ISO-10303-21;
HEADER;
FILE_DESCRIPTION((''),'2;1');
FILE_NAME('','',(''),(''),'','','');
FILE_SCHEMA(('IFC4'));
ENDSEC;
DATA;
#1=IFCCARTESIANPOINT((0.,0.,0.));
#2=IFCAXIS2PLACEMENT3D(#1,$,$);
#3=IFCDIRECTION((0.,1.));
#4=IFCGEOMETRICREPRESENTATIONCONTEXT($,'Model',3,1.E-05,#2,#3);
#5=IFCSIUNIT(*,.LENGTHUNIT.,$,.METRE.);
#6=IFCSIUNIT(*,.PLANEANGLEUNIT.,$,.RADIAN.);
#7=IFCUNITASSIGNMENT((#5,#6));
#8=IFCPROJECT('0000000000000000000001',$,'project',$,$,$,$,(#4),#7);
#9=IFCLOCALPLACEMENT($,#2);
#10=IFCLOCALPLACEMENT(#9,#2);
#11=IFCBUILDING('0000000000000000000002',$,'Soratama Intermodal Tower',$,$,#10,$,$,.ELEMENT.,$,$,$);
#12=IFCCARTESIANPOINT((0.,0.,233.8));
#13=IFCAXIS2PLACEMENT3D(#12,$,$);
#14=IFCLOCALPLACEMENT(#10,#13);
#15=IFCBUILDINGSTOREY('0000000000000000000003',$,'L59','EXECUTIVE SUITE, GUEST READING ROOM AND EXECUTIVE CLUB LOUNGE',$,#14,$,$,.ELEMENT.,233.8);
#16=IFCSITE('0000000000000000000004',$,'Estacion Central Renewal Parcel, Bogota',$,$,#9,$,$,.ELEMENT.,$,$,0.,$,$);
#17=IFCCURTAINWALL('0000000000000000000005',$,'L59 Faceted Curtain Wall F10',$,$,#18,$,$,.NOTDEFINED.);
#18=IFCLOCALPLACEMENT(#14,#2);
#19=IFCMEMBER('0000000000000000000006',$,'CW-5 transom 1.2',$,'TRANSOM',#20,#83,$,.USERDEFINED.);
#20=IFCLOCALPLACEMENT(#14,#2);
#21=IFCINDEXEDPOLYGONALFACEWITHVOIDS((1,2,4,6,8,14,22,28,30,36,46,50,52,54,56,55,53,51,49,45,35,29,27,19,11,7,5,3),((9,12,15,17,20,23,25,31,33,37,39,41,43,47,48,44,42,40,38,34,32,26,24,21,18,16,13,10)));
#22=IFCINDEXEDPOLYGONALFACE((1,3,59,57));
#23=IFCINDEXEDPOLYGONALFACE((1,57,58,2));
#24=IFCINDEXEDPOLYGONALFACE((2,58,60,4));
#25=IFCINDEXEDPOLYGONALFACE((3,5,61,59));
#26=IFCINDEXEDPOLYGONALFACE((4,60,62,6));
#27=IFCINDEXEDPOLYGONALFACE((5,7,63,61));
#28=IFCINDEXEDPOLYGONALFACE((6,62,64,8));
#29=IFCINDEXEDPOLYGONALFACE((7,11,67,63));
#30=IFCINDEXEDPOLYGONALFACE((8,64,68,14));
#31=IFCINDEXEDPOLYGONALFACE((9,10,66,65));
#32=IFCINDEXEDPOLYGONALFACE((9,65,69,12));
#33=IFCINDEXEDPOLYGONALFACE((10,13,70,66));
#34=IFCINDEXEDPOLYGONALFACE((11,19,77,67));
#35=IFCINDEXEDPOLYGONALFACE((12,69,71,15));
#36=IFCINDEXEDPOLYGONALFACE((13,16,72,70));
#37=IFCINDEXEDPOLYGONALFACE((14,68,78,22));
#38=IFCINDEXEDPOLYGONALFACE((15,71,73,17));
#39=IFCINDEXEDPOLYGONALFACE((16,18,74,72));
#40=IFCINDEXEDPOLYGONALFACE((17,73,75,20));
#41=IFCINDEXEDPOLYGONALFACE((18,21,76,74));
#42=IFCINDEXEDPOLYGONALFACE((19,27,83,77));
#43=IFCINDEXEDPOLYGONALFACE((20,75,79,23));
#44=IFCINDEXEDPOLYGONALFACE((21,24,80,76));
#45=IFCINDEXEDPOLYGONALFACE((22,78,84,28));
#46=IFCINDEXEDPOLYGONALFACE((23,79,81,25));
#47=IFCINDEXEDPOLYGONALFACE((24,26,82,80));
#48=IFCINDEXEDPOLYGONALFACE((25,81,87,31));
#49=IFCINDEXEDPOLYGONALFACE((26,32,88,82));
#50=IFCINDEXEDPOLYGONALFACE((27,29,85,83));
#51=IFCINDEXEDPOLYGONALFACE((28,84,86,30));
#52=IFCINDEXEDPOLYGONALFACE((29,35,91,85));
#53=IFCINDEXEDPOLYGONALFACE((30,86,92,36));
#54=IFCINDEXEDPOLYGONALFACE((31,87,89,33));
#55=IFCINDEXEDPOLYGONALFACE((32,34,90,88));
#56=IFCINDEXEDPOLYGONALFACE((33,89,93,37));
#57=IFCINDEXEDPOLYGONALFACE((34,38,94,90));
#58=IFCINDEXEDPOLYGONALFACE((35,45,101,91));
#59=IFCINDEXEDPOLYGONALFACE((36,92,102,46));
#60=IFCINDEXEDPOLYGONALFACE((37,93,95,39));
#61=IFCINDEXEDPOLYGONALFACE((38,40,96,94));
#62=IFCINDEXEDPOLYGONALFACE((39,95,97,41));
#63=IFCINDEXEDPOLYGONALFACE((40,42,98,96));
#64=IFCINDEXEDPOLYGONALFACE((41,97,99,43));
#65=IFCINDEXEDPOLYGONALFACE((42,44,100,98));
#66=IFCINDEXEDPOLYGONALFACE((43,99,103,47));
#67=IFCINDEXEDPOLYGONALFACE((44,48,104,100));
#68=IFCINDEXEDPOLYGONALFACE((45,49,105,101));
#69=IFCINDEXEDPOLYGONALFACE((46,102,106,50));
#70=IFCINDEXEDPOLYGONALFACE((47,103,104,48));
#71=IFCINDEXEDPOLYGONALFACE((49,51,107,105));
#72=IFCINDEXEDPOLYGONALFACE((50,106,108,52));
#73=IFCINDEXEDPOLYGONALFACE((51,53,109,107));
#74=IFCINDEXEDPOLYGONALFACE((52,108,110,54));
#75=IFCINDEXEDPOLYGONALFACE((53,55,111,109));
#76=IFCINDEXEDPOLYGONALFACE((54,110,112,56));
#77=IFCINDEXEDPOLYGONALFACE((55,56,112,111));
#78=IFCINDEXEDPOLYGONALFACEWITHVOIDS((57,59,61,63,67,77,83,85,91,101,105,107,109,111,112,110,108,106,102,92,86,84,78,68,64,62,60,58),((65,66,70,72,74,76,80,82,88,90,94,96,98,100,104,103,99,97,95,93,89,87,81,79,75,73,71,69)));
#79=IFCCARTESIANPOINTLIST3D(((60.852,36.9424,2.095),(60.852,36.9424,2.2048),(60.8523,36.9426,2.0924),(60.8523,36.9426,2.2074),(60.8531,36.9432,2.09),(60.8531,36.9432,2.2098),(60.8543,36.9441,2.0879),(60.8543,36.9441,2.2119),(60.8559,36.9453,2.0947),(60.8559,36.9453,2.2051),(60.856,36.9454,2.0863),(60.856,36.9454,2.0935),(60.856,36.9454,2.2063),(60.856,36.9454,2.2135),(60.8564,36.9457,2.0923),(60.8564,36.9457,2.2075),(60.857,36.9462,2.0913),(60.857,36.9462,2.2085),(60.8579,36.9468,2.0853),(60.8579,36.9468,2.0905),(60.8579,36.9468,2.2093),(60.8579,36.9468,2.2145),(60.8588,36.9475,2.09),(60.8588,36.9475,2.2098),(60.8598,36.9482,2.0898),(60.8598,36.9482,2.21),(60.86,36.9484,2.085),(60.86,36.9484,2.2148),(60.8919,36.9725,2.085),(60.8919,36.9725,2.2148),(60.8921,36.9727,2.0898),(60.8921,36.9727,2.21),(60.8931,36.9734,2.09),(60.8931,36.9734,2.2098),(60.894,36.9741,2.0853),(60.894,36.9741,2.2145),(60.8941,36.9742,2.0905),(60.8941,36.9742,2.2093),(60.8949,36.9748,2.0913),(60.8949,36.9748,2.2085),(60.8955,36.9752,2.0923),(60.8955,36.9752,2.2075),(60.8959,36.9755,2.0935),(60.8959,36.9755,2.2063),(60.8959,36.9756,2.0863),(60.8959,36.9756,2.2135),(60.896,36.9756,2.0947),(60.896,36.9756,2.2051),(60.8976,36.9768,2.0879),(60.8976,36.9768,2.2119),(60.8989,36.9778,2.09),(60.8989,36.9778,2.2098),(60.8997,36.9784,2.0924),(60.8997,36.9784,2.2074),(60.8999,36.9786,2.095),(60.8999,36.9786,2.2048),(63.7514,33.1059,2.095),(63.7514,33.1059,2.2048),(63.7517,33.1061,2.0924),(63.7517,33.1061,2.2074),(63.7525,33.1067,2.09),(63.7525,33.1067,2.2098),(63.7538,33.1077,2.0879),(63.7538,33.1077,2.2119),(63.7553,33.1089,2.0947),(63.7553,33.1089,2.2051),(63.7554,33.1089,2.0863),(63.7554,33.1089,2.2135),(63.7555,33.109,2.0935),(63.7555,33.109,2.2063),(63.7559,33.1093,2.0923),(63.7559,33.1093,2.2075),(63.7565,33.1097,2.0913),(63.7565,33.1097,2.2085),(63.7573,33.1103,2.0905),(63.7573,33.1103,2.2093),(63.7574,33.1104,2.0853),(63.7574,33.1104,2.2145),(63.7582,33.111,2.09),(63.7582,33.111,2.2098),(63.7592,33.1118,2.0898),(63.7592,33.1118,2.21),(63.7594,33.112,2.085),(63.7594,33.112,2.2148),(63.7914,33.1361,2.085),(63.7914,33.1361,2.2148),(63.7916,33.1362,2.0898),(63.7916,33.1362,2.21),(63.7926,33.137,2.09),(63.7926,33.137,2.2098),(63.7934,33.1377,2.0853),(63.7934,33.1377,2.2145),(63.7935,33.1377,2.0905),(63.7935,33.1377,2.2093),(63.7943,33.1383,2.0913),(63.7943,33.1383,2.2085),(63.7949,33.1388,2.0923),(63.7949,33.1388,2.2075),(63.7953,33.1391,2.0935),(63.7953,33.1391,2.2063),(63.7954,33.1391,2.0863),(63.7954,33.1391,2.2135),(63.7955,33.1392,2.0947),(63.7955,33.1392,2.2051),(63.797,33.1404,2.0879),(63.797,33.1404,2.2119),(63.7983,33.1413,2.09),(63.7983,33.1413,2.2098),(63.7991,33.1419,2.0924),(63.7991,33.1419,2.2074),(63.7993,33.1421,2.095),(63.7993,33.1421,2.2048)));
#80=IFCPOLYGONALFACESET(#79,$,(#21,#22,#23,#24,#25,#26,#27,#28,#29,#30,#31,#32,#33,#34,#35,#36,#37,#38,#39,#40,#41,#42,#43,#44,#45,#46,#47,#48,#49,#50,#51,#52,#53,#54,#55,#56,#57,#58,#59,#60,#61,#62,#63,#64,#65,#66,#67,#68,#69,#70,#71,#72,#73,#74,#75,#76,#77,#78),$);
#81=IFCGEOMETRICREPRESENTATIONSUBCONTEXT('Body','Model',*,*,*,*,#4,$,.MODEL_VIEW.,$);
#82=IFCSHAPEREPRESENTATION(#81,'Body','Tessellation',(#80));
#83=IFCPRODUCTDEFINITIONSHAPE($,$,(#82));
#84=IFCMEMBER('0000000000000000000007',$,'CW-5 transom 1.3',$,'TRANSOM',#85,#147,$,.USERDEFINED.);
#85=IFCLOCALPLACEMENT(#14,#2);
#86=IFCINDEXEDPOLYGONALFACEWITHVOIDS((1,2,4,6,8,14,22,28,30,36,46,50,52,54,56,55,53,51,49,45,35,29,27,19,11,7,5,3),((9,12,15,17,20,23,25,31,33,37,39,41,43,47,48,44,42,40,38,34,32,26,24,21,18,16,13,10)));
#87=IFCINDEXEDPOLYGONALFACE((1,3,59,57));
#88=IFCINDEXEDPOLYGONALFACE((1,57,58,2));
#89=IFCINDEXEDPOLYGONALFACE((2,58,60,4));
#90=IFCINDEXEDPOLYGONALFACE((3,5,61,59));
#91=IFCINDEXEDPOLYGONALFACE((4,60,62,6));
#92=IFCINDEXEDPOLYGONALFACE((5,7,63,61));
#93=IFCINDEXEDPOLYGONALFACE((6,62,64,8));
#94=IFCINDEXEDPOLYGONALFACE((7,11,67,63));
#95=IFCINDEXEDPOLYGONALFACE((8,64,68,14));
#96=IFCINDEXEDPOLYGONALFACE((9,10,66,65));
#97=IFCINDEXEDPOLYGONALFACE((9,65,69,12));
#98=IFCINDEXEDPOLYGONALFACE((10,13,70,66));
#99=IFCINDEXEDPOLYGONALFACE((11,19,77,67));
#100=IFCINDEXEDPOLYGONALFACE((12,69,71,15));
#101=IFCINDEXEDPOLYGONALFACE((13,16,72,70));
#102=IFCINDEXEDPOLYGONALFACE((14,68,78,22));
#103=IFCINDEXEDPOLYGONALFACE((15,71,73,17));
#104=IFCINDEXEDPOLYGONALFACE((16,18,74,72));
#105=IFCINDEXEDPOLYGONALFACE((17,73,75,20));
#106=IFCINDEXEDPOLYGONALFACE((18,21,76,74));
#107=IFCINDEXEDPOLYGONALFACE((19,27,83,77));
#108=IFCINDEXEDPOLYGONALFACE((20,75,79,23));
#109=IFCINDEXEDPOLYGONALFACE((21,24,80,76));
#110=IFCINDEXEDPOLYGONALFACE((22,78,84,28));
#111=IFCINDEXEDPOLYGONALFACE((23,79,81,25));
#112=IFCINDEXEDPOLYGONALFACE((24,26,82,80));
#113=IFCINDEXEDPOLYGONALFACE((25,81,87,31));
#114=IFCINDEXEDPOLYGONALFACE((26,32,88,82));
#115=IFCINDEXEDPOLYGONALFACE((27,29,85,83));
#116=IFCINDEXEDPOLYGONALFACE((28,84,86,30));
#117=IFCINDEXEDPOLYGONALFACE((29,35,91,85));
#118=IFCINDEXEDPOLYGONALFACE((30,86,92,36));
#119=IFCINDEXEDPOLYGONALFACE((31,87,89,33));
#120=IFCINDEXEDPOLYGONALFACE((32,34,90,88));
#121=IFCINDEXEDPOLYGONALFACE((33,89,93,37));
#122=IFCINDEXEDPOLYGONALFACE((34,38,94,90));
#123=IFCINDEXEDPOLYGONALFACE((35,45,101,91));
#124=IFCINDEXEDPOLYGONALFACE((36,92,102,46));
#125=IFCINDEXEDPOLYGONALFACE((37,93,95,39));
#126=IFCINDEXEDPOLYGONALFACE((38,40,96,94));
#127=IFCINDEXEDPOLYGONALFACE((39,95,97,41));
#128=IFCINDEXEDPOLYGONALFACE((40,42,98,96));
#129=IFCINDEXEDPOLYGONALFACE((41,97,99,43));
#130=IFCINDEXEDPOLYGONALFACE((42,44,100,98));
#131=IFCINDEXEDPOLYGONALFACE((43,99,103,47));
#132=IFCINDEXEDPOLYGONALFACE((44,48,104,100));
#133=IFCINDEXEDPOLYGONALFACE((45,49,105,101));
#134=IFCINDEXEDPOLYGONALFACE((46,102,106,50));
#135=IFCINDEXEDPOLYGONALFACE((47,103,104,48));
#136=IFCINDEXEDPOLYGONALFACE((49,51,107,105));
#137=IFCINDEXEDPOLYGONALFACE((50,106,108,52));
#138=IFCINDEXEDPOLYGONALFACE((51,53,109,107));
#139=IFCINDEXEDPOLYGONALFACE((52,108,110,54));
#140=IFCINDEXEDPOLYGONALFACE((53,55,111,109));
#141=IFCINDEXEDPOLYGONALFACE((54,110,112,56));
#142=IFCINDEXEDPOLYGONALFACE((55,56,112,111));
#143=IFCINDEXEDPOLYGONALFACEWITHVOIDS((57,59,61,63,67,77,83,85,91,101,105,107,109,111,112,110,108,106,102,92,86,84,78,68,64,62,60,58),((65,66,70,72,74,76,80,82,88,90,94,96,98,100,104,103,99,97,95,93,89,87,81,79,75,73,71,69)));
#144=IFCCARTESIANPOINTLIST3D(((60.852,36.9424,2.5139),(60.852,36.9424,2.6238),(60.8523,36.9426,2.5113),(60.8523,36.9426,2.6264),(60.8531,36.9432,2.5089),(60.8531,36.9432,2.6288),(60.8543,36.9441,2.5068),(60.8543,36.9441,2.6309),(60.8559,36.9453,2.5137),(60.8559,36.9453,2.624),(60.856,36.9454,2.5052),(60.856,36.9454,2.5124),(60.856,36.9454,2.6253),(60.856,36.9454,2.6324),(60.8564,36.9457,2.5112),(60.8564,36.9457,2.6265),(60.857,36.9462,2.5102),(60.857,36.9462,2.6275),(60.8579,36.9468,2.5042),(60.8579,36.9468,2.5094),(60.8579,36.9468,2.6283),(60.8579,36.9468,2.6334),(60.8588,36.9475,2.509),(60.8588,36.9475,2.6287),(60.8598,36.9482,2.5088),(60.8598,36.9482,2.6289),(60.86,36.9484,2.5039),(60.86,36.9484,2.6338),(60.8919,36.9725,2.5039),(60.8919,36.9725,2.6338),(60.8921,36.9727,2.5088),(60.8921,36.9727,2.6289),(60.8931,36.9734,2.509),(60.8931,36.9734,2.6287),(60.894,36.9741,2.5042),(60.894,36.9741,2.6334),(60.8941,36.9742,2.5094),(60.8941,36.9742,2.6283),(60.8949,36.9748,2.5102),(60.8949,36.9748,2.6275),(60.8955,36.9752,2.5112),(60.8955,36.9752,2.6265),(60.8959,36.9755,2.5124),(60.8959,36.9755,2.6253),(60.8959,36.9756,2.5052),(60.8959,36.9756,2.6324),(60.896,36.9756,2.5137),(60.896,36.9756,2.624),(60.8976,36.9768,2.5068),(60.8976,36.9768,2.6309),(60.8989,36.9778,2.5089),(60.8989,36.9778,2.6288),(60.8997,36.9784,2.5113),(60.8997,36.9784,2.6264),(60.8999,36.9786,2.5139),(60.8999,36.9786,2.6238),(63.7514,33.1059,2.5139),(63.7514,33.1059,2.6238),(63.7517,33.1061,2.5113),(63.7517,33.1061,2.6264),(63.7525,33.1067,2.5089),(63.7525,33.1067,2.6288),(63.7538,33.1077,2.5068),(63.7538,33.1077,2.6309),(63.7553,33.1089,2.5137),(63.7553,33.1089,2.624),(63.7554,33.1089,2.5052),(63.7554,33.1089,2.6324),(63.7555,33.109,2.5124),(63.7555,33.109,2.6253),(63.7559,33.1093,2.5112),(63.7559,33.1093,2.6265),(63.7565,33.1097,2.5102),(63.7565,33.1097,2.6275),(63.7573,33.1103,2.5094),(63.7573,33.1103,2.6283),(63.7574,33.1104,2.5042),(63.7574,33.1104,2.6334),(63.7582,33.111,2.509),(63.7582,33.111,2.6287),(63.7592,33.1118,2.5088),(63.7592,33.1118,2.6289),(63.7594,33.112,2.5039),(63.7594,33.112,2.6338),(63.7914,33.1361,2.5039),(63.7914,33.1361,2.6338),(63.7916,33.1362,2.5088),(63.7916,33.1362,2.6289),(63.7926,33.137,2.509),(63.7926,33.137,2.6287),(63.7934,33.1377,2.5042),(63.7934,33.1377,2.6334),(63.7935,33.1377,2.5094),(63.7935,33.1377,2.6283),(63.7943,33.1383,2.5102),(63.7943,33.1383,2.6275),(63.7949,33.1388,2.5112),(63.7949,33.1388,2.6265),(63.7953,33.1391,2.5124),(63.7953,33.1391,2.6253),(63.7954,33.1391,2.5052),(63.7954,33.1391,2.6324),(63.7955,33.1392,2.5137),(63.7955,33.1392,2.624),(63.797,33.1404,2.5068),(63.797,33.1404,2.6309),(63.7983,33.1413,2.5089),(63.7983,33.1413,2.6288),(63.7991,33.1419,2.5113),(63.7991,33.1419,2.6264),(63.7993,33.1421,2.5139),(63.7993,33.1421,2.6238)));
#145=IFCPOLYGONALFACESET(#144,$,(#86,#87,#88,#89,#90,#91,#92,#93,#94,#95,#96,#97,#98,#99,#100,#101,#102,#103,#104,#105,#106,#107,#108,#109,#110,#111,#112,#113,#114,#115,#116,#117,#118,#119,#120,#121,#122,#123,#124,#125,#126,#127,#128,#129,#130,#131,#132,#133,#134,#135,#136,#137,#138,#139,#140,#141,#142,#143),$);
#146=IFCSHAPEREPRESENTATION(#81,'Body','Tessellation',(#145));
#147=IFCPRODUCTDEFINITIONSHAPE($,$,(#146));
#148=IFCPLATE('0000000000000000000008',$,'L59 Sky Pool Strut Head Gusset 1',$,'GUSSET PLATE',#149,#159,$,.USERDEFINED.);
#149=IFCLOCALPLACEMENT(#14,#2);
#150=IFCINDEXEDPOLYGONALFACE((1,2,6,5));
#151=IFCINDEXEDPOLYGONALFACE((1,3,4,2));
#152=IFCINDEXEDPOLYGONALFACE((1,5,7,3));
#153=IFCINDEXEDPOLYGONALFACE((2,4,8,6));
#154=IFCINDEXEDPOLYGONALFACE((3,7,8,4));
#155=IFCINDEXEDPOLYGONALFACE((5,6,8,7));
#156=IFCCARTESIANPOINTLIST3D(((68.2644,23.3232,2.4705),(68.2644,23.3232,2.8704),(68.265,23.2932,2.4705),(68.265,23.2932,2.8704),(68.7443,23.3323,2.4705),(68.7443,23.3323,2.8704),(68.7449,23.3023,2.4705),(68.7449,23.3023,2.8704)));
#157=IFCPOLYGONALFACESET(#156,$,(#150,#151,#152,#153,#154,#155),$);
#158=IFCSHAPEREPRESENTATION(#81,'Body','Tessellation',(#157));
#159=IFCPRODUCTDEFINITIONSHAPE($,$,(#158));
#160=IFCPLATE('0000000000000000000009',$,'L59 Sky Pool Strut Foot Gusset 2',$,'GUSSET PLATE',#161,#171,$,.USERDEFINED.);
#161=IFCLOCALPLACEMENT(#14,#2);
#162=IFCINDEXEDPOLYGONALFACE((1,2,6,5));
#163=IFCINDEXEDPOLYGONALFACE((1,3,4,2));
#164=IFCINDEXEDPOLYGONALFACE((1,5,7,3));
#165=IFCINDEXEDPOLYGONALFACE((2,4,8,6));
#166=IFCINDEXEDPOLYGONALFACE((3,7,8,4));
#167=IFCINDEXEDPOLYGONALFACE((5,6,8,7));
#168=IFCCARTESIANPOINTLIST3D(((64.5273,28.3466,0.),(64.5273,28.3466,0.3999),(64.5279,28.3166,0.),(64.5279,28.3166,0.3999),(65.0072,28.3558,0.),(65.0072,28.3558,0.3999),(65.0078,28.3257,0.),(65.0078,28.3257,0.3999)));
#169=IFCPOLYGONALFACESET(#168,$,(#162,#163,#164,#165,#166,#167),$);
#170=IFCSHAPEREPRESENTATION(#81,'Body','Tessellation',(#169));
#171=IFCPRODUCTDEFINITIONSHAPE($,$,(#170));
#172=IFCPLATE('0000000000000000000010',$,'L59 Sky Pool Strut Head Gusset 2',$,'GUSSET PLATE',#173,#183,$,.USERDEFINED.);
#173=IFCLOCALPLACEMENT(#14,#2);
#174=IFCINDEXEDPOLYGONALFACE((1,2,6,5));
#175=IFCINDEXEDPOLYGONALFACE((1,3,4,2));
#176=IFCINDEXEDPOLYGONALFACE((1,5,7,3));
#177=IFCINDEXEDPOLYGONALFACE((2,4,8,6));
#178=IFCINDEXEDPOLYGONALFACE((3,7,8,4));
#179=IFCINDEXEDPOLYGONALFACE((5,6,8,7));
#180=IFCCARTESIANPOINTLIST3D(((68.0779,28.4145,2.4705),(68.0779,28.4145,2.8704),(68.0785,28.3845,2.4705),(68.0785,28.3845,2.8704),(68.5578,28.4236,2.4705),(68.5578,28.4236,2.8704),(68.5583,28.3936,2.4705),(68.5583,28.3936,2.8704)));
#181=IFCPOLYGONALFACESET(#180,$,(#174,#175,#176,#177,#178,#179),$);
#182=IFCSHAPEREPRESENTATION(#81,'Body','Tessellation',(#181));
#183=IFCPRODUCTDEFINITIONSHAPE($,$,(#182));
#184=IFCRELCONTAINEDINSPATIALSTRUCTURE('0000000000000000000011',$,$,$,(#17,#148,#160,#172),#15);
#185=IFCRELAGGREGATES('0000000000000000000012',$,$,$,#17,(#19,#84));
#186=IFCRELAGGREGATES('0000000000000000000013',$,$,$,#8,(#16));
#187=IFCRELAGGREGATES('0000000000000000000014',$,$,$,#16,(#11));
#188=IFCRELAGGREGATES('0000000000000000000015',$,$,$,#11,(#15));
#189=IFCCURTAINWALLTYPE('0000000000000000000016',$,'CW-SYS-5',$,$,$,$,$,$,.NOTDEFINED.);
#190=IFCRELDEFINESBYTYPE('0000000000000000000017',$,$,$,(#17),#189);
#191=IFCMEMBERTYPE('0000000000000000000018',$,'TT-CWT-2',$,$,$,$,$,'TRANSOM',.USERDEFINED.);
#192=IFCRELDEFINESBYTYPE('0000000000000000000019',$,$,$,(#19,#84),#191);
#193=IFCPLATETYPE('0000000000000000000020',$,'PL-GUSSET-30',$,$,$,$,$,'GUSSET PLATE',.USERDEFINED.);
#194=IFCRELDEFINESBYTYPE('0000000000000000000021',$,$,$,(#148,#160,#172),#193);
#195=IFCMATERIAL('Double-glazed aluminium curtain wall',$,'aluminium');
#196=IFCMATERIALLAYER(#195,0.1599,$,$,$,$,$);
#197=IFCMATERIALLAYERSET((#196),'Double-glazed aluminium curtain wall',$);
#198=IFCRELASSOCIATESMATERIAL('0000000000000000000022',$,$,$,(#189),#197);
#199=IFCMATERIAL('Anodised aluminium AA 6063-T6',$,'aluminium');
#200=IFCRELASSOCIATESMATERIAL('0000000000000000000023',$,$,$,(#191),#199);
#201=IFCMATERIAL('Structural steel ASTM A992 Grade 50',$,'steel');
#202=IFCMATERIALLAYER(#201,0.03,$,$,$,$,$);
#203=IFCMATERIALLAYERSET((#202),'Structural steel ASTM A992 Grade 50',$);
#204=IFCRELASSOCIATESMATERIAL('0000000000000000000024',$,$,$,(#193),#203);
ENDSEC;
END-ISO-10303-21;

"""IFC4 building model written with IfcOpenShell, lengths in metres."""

from ifc_helpers import new_model, si_unit, direction, frame, origin, origin_2d, place, context, subcontext, project, spatial, rectangle, hollow_rectangle, extrude, material, layer, layer_set, material_profile, profile_set, type_object, element, aggregate, save


model = new_model("IFC4")

# Units and contexts
model_context = context("Model", 3, precision=1e-05, world=origin(), true_north=direction((0.0, 1.0)))
body_context = subcontext(model_context, "Body", "Model", "MODEL_VIEW")
ifc_project = project(units=[si_unit("LENGTHUNIT", "METRE"), si_unit("PLANEANGLEUNIT", "RADIAN")], contexts=[model_context])

# Site, building, storey
site_placement = place(None, origin())
site = spatial("IfcSite", under=ifc_project, at=site_placement, Name="Estacion Central Renewal Parcel, Bogota", CompositionType="ELEMENT", RefElevation=0.0)
building_placement = place(site_placement, origin())
building = spatial("IfcBuilding", under=site, at=building_placement, Name="Soratama Intermodal Tower", CompositionType="ELEMENT")
storey_placement = place(building_placement, frame((0.0, 0.0, 233.8)))
storey = spatial("IfcBuildingStorey", under=building, at=storey_placement, Name="L59", Description="EXECUTIVE SUITE, GUEST READING ROOM AND EXECUTIVE CLUB LOUNGE", CompositionType="ELEMENT", Elevation=233.8)

# Curtain wall, members
ifc_material_1 = material(Name="Double-glazed aluminium curtain wall", Category="aluminium")
ifc_layer_1 = layer(ifc_material_1, 0.1599)
ifc_layer_set_1 = layer_set([ifc_layer_1], Name="Double-glazed aluminium curtain wall")
curtain_wall_type = type_object("IfcCurtainWallType", Name="CW-SYS-5", PredefinedType="NOTDEFINED", material=ifc_layer_set_1)
curtain_wall_placement = place(storey_placement, origin())
curtain_wall = element("IfcCurtainWall", 1, at=curtain_wall_placement, inside=storey, type_object=curtain_wall_type, Name="L59 Faceted Curtain Wall F10", PredefinedType="NOTDEFINED")
ifc_material_2 = material(Name="Anodised aluminium AA 6063-T6", Category="aluminium")
ifc_material_profile_1 = material_profile(ifc_material_2, hollow_rectangle(XDim=0.0601, YDim=0.1299, WallThickness=0.0049, InnerFilletRadius=0.0049, OuterFilletRadius=0.01, at=origin_2d()), Name="CWT130X60X5")
ifc_profile_set_1 = profile_set([ifc_material_profile_1], Name="Anodised aluminium AA 6063-T6")
member_type_1 = type_object("IfcMemberType", Name="TT-CWT-2", ElementType="TRANSOM", PredefinedType="USERDEFINED", material=ifc_profile_set_1)
member_1_placement = place(storey_placement, frame((63.7754, 33.124, 2.1499), z_axis=(-0.602937, 0.797789, 0.0), x_axis=(-0.797789, -0.602937, 0.0)))
member_1 = element("IfcMember", 2, at=member_1_placement, type_object=member_type_1, Name="CW-5 transom 1.2", ObjectType="TRANSOM", PredefinedType="USERDEFINED", context=body_context, shape_type="SweptSolid", body=[
    extrude(hollow_rectangle(XDim=0.0601, YDim=0.1299, WallThickness=0.0049, InnerFilletRadius=0.0049, OuterFilletRadius=0.01, at=origin_2d()), origin(), (0.0, 0.0, 1.0), 4.8088),
])
member_2_placement = place(storey_placement, frame((63.7754, 33.124, 2.5688), z_axis=(-0.602937, 0.797789, 0.0), x_axis=(-0.797789, -0.602937, 0.0)))
member_2 = element("IfcMember", 3, at=member_2_placement, type_object=member_type_1, Name="CW-5 transom 1.3", ObjectType="TRANSOM", PredefinedType="USERDEFINED", context=body_context, shape_type="SweptSolid", body=[
    extrude(hollow_rectangle(XDim=0.0601, YDim=0.1299, WallThickness=0.0049, InnerFilletRadius=0.0049, OuterFilletRadius=0.01, at=origin_2d()), origin(), (0.0, 0.0, 1.0), 4.8088),
])
aggregate(curtain_wall, [member_1, member_2])

# Plates
ifc_material_3 = material(Name="Structural steel ASTM A992 Grade 50", Category="steel")
ifc_layer_2 = layer(ifc_material_3, 0.03)
ifc_layer_set_2 = layer_set([ifc_layer_2], Name="Structural steel ASTM A992 Grade 50")
plate_type = type_object("IfcPlateType", Name="PL-GUSSET-30", ElementType="GUSSET PLATE", PredefinedType="USERDEFINED", material=ifc_layer_set_2)
for number, where, z_axis, x_axis, name in (
    (4, (68.5046, 23.3127, 2.4705), (0.0, 0.0, 1.0), (0.999819, 0.019023, 0.0), "L59 Sky Pool Strut Head Gusset 1"),
    (5, (64.7676, 28.3362, 0.0), (0.0, 0.0, 1.0), (0.999819, 0.019023, 0.0), "L59 Sky Pool Strut Foot Gusset 2"),
    (6, (68.3181, 28.4041, 2.4705), (0.0, 0.0, 1.0), (0.999819, 0.019023, 0.0), "L59 Sky Pool Strut Head Gusset 2"),
):
    element("IfcPlate", number, at=place(storey_placement, frame(where, z_axis=z_axis, x_axis=x_axis)), inside=storey, type_object=plate_type, Name=name, ObjectType="GUSSET PLATE", PredefinedType="USERDEFINED", context=body_context, shape_type="SweptSolid", body=[
        extrude(rectangle(XDim=0.48, YDim=0.03, at=origin_2d()), origin(), (0.0, 0.0, 1.0), 0.3999),
    ])

save(model, "model.ifc")
